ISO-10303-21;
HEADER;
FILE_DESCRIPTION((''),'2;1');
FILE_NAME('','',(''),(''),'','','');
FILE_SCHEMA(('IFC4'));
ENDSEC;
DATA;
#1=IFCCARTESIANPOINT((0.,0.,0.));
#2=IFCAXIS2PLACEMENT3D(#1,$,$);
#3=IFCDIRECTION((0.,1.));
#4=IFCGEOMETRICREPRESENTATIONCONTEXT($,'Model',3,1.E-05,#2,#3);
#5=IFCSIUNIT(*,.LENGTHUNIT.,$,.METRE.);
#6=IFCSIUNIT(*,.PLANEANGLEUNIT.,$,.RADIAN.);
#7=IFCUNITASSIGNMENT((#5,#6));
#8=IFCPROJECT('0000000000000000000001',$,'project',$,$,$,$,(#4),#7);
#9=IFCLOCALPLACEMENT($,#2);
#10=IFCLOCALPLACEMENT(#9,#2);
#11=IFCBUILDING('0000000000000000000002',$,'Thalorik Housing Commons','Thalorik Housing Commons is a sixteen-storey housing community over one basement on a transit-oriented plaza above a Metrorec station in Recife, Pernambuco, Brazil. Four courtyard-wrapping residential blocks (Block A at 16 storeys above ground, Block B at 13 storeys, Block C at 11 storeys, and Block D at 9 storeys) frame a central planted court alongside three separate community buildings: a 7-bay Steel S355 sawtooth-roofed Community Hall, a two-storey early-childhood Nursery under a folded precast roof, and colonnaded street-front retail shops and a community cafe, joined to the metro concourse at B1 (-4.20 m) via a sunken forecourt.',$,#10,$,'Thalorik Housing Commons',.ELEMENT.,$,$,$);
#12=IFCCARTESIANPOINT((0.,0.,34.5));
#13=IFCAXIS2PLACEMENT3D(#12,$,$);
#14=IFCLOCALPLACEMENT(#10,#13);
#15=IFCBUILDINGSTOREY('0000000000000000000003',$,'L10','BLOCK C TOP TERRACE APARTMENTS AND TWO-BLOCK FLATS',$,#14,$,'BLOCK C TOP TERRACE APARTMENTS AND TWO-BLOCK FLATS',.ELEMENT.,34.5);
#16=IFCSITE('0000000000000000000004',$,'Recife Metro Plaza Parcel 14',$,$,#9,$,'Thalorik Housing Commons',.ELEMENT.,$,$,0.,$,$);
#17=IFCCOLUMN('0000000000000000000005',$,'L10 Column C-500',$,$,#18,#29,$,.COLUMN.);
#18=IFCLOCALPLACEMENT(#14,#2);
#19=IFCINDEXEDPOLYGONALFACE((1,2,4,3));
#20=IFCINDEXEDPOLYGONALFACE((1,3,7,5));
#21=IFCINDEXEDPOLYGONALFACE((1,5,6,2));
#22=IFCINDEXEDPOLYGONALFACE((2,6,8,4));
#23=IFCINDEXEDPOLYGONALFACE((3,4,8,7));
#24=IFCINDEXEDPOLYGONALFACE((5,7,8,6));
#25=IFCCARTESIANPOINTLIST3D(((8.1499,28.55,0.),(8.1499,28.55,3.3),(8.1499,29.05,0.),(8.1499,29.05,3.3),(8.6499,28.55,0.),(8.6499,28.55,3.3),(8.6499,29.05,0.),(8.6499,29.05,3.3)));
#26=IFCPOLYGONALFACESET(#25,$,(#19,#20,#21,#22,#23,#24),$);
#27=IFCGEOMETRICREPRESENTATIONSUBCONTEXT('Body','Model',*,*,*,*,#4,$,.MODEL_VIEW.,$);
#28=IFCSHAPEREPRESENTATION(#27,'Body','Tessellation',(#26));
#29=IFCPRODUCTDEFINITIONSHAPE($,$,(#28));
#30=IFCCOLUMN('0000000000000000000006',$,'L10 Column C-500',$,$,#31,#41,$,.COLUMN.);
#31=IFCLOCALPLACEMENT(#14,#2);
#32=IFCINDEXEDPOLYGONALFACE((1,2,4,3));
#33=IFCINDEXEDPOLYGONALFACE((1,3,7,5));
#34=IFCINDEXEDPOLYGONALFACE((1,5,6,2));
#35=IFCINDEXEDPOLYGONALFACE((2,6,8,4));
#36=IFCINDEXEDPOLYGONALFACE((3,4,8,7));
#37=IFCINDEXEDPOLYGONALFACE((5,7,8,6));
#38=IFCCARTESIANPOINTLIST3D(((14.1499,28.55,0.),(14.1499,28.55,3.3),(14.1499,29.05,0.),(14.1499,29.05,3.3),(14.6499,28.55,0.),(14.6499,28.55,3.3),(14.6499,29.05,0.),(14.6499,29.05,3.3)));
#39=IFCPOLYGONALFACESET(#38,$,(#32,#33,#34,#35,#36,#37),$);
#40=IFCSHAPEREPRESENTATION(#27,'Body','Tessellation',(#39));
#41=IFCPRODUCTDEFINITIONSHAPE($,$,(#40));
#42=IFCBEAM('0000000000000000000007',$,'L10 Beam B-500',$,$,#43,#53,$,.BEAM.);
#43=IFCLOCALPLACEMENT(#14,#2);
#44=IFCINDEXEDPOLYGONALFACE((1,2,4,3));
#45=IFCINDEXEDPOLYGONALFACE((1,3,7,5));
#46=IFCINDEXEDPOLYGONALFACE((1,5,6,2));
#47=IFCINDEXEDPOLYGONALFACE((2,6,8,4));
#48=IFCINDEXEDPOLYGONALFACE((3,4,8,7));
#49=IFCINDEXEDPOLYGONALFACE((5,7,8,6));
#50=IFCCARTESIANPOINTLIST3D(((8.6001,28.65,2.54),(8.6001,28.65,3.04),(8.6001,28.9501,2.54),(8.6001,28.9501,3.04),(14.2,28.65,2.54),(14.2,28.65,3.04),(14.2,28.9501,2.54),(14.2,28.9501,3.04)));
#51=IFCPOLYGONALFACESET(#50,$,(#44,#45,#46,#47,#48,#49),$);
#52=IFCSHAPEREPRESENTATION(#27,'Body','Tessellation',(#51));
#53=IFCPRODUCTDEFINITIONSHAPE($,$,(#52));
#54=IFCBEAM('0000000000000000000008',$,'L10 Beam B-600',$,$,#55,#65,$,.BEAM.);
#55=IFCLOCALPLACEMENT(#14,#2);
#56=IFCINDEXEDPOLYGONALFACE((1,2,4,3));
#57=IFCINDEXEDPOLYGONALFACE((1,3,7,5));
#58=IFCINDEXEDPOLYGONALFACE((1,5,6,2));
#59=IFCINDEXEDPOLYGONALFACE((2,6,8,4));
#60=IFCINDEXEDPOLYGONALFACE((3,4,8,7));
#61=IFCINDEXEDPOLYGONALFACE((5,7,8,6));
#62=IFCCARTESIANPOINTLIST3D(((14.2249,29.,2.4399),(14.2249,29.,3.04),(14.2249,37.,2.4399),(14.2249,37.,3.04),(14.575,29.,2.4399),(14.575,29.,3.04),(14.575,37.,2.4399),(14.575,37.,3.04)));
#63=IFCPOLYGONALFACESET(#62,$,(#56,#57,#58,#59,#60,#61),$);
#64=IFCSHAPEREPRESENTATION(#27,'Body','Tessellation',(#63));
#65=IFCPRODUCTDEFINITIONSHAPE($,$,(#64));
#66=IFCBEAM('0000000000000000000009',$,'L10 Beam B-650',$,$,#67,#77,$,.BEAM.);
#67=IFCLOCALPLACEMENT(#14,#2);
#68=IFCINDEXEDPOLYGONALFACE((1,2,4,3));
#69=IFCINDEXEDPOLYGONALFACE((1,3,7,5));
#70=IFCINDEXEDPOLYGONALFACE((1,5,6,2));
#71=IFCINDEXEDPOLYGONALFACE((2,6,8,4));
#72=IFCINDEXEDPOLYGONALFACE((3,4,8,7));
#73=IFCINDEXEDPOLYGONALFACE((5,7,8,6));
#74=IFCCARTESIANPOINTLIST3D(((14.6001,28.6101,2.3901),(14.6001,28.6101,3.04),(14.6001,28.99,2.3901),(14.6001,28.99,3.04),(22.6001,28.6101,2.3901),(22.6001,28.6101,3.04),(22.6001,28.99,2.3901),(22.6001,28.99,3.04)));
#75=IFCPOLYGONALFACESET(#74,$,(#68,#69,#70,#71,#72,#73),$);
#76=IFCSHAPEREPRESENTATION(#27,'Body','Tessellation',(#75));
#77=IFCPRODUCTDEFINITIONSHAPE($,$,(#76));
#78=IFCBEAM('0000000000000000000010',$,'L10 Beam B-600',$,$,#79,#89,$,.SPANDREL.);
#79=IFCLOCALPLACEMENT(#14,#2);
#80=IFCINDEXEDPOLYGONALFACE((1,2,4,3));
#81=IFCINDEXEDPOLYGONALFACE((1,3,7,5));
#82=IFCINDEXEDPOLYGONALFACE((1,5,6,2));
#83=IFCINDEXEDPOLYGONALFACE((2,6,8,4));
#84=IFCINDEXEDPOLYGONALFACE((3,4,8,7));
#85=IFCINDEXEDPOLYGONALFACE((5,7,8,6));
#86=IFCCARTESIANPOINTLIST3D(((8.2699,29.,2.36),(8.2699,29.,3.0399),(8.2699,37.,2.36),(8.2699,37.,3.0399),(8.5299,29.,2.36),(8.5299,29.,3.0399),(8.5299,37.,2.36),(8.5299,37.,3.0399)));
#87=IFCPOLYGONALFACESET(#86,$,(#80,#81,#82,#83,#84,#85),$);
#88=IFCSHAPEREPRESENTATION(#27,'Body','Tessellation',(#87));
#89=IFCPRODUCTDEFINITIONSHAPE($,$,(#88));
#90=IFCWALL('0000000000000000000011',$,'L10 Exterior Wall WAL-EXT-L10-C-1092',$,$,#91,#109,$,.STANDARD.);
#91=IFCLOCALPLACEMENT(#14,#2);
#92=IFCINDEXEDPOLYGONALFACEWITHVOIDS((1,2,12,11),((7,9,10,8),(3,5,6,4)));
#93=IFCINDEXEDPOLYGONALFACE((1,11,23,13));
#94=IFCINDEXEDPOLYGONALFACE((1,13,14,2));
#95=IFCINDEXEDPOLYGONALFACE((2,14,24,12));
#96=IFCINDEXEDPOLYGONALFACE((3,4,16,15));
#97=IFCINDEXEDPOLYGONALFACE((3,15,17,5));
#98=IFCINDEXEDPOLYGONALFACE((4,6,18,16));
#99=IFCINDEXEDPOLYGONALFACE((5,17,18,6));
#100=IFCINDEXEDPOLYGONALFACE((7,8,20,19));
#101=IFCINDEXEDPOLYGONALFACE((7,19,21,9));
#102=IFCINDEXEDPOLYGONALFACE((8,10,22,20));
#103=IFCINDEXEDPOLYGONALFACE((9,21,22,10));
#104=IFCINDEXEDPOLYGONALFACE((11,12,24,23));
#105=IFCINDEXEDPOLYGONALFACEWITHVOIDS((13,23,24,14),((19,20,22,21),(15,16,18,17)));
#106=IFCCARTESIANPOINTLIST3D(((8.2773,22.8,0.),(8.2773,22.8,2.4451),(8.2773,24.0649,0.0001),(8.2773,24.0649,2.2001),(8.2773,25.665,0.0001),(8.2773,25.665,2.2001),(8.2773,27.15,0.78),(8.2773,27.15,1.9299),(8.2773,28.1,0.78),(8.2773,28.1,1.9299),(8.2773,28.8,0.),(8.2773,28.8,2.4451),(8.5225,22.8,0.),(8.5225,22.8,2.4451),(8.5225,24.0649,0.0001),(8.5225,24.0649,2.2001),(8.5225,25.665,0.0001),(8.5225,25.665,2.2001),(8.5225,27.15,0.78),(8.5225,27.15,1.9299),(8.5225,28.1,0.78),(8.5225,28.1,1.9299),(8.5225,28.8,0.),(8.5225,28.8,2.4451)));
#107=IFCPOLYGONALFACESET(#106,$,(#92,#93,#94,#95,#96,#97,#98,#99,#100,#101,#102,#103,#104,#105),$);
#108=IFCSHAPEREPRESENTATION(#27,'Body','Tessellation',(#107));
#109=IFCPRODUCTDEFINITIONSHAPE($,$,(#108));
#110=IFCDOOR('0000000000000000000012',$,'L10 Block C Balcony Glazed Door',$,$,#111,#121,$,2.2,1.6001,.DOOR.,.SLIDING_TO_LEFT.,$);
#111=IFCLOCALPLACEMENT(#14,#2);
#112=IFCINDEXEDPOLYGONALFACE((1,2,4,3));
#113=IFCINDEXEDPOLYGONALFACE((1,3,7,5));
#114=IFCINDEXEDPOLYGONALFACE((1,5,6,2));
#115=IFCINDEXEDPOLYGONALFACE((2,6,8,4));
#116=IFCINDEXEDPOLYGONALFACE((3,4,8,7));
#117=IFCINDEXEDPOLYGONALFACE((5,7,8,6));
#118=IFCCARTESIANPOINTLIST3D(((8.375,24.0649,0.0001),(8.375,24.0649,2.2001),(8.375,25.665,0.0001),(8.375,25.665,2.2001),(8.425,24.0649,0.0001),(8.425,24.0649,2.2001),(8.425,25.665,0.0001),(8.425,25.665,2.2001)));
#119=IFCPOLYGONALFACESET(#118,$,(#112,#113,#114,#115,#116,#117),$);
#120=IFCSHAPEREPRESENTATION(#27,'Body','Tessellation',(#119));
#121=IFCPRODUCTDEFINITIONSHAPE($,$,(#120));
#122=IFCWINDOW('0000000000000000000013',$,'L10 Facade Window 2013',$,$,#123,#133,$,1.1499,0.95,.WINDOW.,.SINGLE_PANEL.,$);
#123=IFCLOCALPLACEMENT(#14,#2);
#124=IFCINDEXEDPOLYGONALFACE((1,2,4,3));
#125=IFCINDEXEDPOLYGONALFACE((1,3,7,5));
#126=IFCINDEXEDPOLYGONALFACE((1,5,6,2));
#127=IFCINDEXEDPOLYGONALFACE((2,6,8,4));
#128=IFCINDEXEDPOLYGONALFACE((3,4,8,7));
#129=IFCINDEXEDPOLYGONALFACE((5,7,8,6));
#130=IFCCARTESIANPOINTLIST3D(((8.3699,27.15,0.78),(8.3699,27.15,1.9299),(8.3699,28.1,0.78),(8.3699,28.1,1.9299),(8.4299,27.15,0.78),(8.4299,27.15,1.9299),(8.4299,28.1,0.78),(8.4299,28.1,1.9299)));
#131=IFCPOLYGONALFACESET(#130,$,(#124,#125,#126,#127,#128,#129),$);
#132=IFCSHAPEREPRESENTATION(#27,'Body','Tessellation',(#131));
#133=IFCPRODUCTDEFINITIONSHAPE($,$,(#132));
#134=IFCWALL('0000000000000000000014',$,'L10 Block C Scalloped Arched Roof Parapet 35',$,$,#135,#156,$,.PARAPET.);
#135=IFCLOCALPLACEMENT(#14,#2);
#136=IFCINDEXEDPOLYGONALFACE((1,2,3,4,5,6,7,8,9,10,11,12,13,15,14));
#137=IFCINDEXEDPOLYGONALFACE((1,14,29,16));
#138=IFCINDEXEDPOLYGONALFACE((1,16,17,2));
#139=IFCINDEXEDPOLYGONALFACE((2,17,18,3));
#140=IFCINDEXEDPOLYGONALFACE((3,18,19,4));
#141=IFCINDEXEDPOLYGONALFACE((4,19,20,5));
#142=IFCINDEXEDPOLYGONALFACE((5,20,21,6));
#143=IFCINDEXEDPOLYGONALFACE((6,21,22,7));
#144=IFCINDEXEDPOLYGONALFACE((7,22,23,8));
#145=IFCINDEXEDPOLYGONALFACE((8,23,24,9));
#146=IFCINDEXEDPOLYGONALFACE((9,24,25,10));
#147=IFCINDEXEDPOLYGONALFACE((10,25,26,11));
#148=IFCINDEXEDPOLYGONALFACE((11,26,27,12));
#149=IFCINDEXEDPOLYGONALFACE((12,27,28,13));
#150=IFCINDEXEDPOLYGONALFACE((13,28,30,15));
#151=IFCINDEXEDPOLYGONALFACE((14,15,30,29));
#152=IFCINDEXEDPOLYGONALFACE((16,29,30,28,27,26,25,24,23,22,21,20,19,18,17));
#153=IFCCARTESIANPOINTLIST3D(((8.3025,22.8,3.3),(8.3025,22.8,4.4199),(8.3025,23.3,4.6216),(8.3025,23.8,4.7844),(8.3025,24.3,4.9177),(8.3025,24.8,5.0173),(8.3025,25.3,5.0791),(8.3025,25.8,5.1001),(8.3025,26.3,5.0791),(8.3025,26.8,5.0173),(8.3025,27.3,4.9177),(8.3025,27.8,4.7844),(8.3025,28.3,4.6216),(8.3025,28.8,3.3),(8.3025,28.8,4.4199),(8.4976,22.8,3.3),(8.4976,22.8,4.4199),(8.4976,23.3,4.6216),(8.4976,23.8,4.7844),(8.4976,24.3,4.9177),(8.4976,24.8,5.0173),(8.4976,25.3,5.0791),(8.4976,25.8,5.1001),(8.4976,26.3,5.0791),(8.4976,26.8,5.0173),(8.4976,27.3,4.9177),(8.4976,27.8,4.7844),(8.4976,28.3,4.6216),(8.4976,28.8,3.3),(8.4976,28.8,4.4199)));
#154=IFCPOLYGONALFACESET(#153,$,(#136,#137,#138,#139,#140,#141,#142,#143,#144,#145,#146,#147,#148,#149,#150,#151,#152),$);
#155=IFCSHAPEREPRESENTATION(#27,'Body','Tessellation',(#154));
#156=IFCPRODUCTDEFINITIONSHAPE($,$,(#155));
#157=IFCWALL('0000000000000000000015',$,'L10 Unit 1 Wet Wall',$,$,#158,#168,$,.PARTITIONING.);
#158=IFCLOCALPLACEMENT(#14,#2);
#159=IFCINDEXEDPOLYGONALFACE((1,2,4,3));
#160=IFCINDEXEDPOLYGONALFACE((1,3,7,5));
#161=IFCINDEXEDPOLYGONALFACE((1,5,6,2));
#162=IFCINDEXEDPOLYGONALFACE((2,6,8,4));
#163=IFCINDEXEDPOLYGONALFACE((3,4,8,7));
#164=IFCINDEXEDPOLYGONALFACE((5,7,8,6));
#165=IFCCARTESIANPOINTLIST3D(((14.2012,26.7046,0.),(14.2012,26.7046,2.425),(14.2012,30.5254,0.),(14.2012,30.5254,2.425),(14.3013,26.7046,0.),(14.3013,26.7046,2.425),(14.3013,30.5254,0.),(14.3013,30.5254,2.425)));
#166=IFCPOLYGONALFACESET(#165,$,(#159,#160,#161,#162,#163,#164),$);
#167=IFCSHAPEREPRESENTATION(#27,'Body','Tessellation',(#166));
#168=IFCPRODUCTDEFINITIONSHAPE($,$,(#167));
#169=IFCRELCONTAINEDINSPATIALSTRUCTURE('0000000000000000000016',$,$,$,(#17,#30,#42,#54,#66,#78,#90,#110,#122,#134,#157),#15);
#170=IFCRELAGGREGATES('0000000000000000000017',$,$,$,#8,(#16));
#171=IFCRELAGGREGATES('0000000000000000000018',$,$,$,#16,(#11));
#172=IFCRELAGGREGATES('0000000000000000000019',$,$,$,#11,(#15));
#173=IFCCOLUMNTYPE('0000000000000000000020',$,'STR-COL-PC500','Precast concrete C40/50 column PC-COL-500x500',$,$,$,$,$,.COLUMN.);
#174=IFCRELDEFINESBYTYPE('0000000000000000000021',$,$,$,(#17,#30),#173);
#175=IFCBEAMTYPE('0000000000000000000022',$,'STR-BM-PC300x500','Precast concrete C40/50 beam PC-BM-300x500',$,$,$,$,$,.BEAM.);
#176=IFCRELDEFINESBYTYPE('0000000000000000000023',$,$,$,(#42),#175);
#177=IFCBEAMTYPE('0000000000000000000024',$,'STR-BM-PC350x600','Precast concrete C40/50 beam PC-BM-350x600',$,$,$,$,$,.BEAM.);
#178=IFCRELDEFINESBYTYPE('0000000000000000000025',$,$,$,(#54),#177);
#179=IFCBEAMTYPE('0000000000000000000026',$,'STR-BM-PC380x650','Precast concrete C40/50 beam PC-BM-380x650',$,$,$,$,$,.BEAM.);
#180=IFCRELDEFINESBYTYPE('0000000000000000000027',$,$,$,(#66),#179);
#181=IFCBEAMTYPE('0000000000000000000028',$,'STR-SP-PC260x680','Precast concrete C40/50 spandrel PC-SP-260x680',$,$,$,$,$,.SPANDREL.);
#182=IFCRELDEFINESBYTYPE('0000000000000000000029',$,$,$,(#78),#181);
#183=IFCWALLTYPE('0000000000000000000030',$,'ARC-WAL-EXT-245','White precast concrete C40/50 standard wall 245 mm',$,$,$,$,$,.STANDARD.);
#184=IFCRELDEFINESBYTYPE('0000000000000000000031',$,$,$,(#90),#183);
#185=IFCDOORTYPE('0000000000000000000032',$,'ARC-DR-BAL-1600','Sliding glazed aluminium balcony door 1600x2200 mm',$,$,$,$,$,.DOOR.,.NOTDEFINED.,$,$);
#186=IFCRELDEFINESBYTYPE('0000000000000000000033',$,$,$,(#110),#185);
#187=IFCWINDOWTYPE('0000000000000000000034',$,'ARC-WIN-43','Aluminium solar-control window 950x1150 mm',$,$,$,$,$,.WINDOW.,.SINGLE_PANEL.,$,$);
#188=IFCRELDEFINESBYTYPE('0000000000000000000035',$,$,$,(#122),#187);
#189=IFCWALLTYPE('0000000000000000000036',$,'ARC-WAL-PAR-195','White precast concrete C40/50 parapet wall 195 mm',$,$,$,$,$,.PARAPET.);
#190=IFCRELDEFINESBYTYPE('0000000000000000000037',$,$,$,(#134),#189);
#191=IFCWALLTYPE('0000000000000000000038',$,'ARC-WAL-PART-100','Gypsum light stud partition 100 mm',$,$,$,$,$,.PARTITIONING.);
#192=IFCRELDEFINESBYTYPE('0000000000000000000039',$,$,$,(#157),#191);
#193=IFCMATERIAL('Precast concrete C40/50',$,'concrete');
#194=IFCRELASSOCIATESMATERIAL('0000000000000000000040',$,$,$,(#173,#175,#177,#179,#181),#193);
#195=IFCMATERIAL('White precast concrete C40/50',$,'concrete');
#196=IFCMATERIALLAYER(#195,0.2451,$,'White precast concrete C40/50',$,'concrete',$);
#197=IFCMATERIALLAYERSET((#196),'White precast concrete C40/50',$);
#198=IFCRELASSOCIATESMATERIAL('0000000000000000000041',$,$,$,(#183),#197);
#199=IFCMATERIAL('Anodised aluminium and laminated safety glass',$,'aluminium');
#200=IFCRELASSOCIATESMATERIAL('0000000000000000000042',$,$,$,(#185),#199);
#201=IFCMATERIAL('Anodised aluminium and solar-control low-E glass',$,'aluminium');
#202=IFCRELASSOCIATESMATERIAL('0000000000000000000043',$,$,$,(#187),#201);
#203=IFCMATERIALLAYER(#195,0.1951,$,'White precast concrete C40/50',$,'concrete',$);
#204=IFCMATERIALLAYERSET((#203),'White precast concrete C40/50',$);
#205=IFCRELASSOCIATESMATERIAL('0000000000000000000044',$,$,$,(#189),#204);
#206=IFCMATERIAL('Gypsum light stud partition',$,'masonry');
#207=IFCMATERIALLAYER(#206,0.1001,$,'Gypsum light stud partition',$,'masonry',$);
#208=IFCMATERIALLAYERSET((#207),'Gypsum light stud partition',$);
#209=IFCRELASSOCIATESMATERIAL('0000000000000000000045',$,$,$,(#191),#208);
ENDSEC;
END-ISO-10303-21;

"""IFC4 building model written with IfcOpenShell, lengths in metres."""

from ifc_helpers import new_model, si_unit, direction, frame, frame_2d, origin, origin_2d, place, context, subcontext, project, spatial, polyline, rectangle, outline, extrude, material, layer, layer_set, material_profile, profile_set, type_object, element, fill, save


model = new_model("IFC4")

# Units and contexts
model_context = context("Model", 3, precision=1e-05, world=origin(), true_north=direction((0.0, 1.0)))
body_context = subcontext(model_context, "Body", "Model", "MODEL_VIEW")
ifc_project = project(units=[si_unit("LENGTHUNIT", "METRE"), si_unit("PLANEANGLEUNIT", "RADIAN")], contexts=[model_context])

# Site, building, storey
site_placement = place(None, origin())
site = spatial("IfcSite", under=ifc_project, at=site_placement, Name="Recife Metro Plaza Parcel 14", LongName="Thalorik Housing Commons", CompositionType="ELEMENT", RefElevation=0.0)
building_placement = place(site_placement, origin())
building = spatial("IfcBuilding", under=site, at=building_placement, Name="Thalorik Housing Commons", Description="Thalorik Housing Commons is a sixteen-storey housing community over one basement on a transit-oriented plaza above a Metrorec station in Recife, Pernambuco, Brazil. Four courtyard-wrapping residential blocks (Block A at 16 storeys above ground, Block B at 13 storeys, Block C at 11 storeys, and Block D at 9 storeys) frame a central planted court alongside three separate community buildings: a 7-bay Steel S355 sawtooth-roofed Community Hall, a two-storey early-childhood Nursery under a folded precast roof, and colonnaded street-front retail shops and a community cafe, joined to the metro concourse at B1 (-4.20 m) via a sunken forecourt.", LongName="Thalorik Housing Commons", CompositionType="ELEMENT")
storey_placement = place(building_placement, frame((0.0, 0.0, 34.5)))
storey = spatial("IfcBuildingStorey", under=building, at=storey_placement, Name="L10", Description="BLOCK C TOP TERRACE APARTMENTS AND TWO-BLOCK FLATS", LongName="BLOCK C TOP TERRACE APARTMENTS AND TWO-BLOCK FLATS", CompositionType="ELEMENT", Elevation=34.5)

# Columns
ifc_material_1 = material(Name="Precast concrete C40/50", Category="concrete")
ifc_material_profile_1 = material_profile(ifc_material_1, rectangle(XDim=0.5, YDim=0.5, at=origin_2d()), Name="PC 500x500", Category="concrete")
ifc_profile_set_1 = profile_set([ifc_material_profile_1], Name="Precast concrete C40/50")
column_type = type_object("IfcColumnType", Name="STR-COL-PC500", Description="Precast concrete C40/50 column PC-COL-500x500", PredefinedType="COLUMN", material=ifc_profile_set_1)
for number, where, z_axis, x_axis, name in (
    (1, (8.3999, 28.8, 0.0), (0.0, 0.0, 1.0), (1.0, 0.0, 0.0), "L10 Column C-500"),
    (2, (14.3999, 28.8, 0.0), (0.0, 0.0, 1.0), (1.0, 0.0, 0.0), "L10 Column C-500"),
):
    element("IfcColumn", number, at=place(storey_placement, frame(where, z_axis=z_axis, x_axis=x_axis)), inside=storey, type_object=column_type, Name=name, PredefinedType="COLUMN", context=body_context, shape_type="SweptSolid", body=[
        extrude(rectangle(XDim=0.5, YDim=0.5, at=origin_2d()), origin(), (0.0, 0.0, 1.0), 3.3),
    ])

# Beams
ifc_material_profile_2 = material_profile(ifc_material_1, rectangle(XDim=0.3, YDim=0.5, at=origin_2d()), Name="PC 300x500", Category="concrete")
ifc_profile_set_2 = profile_set([ifc_material_profile_2], Name="Precast concrete C40/50")
beam_type_1 = type_object("IfcBeamType", Name="STR-BM-PC300x500", Description="Precast concrete C40/50 beam PC-BM-300x500", PredefinedType="BEAM", material=ifc_profile_set_2)
beam_1_placement = place(storey_placement, frame((8.6001, 28.8, 2.79), z_axis=(1.0, 0.0, 0.0), x_axis=(0.0, 1.0, 0.0)))
element("IfcBeam", 3, at=beam_1_placement, inside=storey, type_object=beam_type_1, Name="L10 Beam B-500", PredefinedType="BEAM", context=body_context, shape_type="SweptSolid", body=[
    extrude(rectangle(XDim=0.3, YDim=0.5, at=origin_2d()), origin(), (0.0, 0.0, 1.0), 5.5999),
])
ifc_material_profile_3 = material_profile(ifc_material_1, rectangle(XDim=0.3501, YDim=0.6001, at=origin_2d()), Name="PC 350x600", Category="concrete")
ifc_profile_set_3 = profile_set([ifc_material_profile_3], Name="Precast concrete C40/50")
beam_type_2 = type_object("IfcBeamType", Name="STR-BM-PC350x600", Description="Precast concrete C40/50 beam PC-BM-350x600", PredefinedType="BEAM", material=ifc_profile_set_3)
beam_2_placement = place(storey_placement, frame((14.3999, 29.0, 2.74), z_axis=(0.0, 1.0, 0.0), x_axis=(-1.0, 0.0, 0.0)))
element("IfcBeam", 4, at=beam_2_placement, inside=storey, type_object=beam_type_2, Name="L10 Beam B-600", PredefinedType="BEAM", context=body_context, shape_type="SweptSolid", body=[
    extrude(rectangle(XDim=0.3501, YDim=0.6001, at=origin_2d()), origin(), (0.0, 0.0, 1.0), 8.0),
])
ifc_material_profile_4 = material_profile(ifc_material_1, rectangle(XDim=0.3799, YDim=0.6499, at=origin_2d()), Name="PC 380x650", Category="concrete")
ifc_profile_set_4 = profile_set([ifc_material_profile_4], Name="Precast concrete C40/50")
beam_type_3 = type_object("IfcBeamType", Name="STR-BM-PC380x650", Description="Precast concrete C40/50 beam PC-BM-380x650", PredefinedType="BEAM", material=ifc_profile_set_4)
beam_3_placement = place(storey_placement, frame((14.6001, 28.8, 2.7151), z_axis=(1.0, 0.0, 0.0), x_axis=(0.0, 1.0, 0.0)))
element("IfcBeam", 5, at=beam_3_placement, inside=storey, type_object=beam_type_3, Name="L10 Beam B-650", PredefinedType="BEAM", context=body_context, shape_type="SweptSolid", body=[
    extrude(rectangle(XDim=0.3799, YDim=0.6499, at=origin_2d()), origin(), (0.0, 0.0, 1.0), 8.0),
])
ifc_material_profile_5 = material_profile(ifc_material_1, rectangle(XDim=0.26, YDim=0.6799, at=origin_2d()), Name="PC SP 260x680", Category="concrete")
ifc_profile_set_5 = profile_set([ifc_material_profile_5], Name="Precast concrete C40/50")
beam_type_4 = type_object("IfcBeamType", Name="STR-SP-PC260x680", Description="Precast concrete C40/50 spandrel PC-SP-260x680", PredefinedType="SPANDREL", material=ifc_profile_set_5)
beam_4_placement = place(storey_placement, frame((8.3999, 29.0, 2.7), z_axis=(0.0, 1.0, 0.0), x_axis=(-1.0, 0.0, 0.0)))
element("IfcBeam", 6, at=beam_4_placement, inside=storey, type_object=beam_type_4, Name="L10 Beam B-600", PredefinedType="SPANDREL", context=body_context, shape_type="SweptSolid", body=[
    extrude(rectangle(XDim=0.26, YDim=0.6799, at=origin_2d()), origin(), (0.0, 0.0, 1.0), 8.0),
])

# Wall, openings, door, window
ifc_material_2 = material(Name="White precast concrete C40/50", Category="concrete")
ifc_layer_1 = layer(ifc_material_2, 0.2451, Name="White precast concrete C40/50", Category="concrete")
ifc_layer_set_1 = layer_set([ifc_layer_1], Name="White precast concrete C40/50")
wall_type_1 = type_object("IfcWallType", Name="ARC-WAL-EXT-245", Description="White precast concrete C40/50 standard wall 245 mm", PredefinedType="STANDARD", material=ifc_layer_set_1)
wall_1_placement = place(storey_placement, frame((8.3999, 28.8, 0.0), z_axis=(0.0, 0.0, 1.0), x_axis=(0.0, -1.0, 0.0)))
wall_1 = element("IfcWall", 7, at=wall_1_placement, inside=storey, type_object=wall_type_1, Name="L10 Exterior Wall WAL-EXT-L10-C-1092", PredefinedType="STANDARD", context=body_context, shape_type="SweptSolid", body=[
    extrude(rectangle(XDim=6.0, YDim=0.2451, at=frame_2d((3.0, 0.0))), origin(), (0.0, 0.0, 1.0), 2.4451),
])
opening_1_placement = place(wall_1_placement, frame((3.135, 0.0, 0.0)))
opening_1 = element("IfcOpeningElement", 8, at=opening_1_placement, cuts=wall_1, PredefinedType="OPENING", context=body_context, shape_type="SweptSolid", body=[
    extrude(rectangle(XDim=1.6001, YDim=2.2, at=frame_2d((0.8, 1.1001))), frame((0.0, 0.1326, 0.0), z_axis=(0.0, -1.0, 0.0), x_axis=(1.0, 0.0, 0.0)), (0.0, 0.0, 1.0), 0.2651),
])
opening_2_placement = place(wall_1_placement, frame((0.7, 0.0, 0.78)))
opening_2 = element("IfcOpeningElement", 9, at=opening_2_placement, cuts=wall_1, PredefinedType="OPENING", context=body_context, shape_type="SweptSolid", body=[
    extrude(rectangle(XDim=0.95, YDim=1.1499, at=frame_2d((0.4751, 0.575))), frame((0.0, 0.1326, 0.0), z_axis=(0.0, -1.0, 0.0), x_axis=(1.0, 0.0, 0.0)), (0.0, 0.0, 1.0), 0.2651),
])
ifc_material_3 = material(Name="Anodised aluminium and laminated safety glass", Category="aluminium")
door_type_1 = type_object("IfcDoorType", Name="ARC-DR-BAL-1600", Description="Sliding glazed aluminium balcony door 1600x2200 mm", OperationType="NOTDEFINED", PredefinedType="DOOR", material=ifc_material_3)
door_1_placement = place(opening_1_placement, frame((1.6001, 0.0, 0.0), z_axis=(0.0, 0.0, 1.0), x_axis=(-1.0, 0.0, 0.0)))
door_1 = element("IfcDoor", 10, at=door_1_placement, inside=storey, type_object=door_type_1, Name="L10 Block C Balcony Glazed Door", OperationType="SLIDING_TO_LEFT", OverallHeight=2.2, OverallWidth=1.6001, PredefinedType="DOOR", context=body_context, shape_type="SweptSolid", body=[
    extrude(rectangle(XDim=1.6001, YDim=2.2, at=frame_2d((0.8, 1.1001))), frame((0.0, 0.0249, 0.0), z_axis=(0.0, -1.0, 0.0), x_axis=(1.0, 0.0, 0.0)), (0.0, 0.0, 1.0), 0.05),
])
fill(opening_1, door_1)
ifc_material_4 = material(Name="Anodised aluminium and solar-control low-E glass", Category="aluminium")
window_type = type_object("IfcWindowType", Name="ARC-WIN-43", Description="Aluminium solar-control window 950x1150 mm", PartitioningType="SINGLE_PANEL", PredefinedType="WINDOW", material=ifc_material_4)
window_placement = place(opening_2_placement, origin())
window = element("IfcWindow", 11, at=window_placement, inside=storey, type_object=window_type, Name="L10 Facade Window 2013", OverallHeight=1.1499, OverallWidth=0.95, PartitioningType="SINGLE_PANEL", PredefinedType="WINDOW", context=body_context, shape_type="SweptSolid", body=[
    extrude(rectangle(XDim=0.95, YDim=1.1499, at=frame_2d((0.4751, 0.575))), frame((0.0, 0.03, 0.0), z_axis=(0.0, -1.0, 0.0), x_axis=(1.0, 0.0, 0.0)), (0.0, 0.0, 1.0), 0.0601),
])
fill(opening_2, window)

# Walls
ifc_layer_2 = layer(ifc_material_2, 0.1951, Name="White precast concrete C40/50", Category="concrete")
ifc_layer_set_2 = layer_set([ifc_layer_2], Name="White precast concrete C40/50")
wall_type_2 = type_object("IfcWallType", Name="ARC-WAL-PAR-195", Description="White precast concrete C40/50 parapet wall 195 mm", PredefinedType="PARAPET", material=ifc_layer_set_2)
wall_2_placement = place(storey_placement, frame((8.3999, 28.8, 3.3), z_axis=(0.0, 0.0, 1.0), x_axis=(0.0, -1.0, 0.0)))
element("IfcWall", 12, at=wall_2_placement, inside=storey, type_object=wall_type_2, Name="L10 Block C Scalloped Arched Roof Parapet 35", PredefinedType="PARAPET", context=body_context, shape_type="SweptSolid", body=[
    extrude(outline(polyline([(0.0, 0.0), (6.0, 0.0), (6.0, 1.1199), (5.5, 1.3215), (5.0, 1.4844), (4.5, 1.6177), (4.0, 1.7173), (3.5, 1.7791), (3.0, 1.8), (2.5, 1.7791), (2.0, 1.7173), (1.5, 1.6177), (1.0, 1.4844), (0.5, 1.3215), (0.0, 1.1199), (0.0, 0.0)])), frame((0.0, 0.0977, 0.0), z_axis=(0.0, -1.0, 0.0), x_axis=(1.0, 0.0, 0.0)), (0.0, 0.0, 1.0), 0.1951),
])
ifc_material_5 = material(Name="Gypsum light stud partition", Category="masonry")
ifc_layer_3 = layer(ifc_material_5, 0.1001, Name="Gypsum light stud partition", Category="masonry")
ifc_layer_set_3 = layer_set([ifc_layer_3], Name="Gypsum light stud partition")
wall_type_3 = type_object("IfcWallType", Name="ARC-WAL-PART-100", Description="Gypsum light stud partition 100 mm", PredefinedType="PARTITIONING", material=ifc_layer_set_3)
wall_3_placement = place(storey_placement, frame((14.2512, 26.7046, 0.0), z_axis=(0.0, 0.0, 1.0), x_axis=(0.0, 1.0, 0.0)))
element("IfcWall", 13, at=wall_3_placement, inside=storey, type_object=wall_type_3, Name="L10 Unit 1 Wet Wall", PredefinedType="PARTITIONING", context=body_context, shape_type="SweptSolid", body=[
    extrude(rectangle(XDim=3.8208, YDim=0.1001, at=frame_2d((1.9104, 0.0))), origin(), (0.0, 0.0, 1.0), 2.425),
])

save(model, "model.ifc")
